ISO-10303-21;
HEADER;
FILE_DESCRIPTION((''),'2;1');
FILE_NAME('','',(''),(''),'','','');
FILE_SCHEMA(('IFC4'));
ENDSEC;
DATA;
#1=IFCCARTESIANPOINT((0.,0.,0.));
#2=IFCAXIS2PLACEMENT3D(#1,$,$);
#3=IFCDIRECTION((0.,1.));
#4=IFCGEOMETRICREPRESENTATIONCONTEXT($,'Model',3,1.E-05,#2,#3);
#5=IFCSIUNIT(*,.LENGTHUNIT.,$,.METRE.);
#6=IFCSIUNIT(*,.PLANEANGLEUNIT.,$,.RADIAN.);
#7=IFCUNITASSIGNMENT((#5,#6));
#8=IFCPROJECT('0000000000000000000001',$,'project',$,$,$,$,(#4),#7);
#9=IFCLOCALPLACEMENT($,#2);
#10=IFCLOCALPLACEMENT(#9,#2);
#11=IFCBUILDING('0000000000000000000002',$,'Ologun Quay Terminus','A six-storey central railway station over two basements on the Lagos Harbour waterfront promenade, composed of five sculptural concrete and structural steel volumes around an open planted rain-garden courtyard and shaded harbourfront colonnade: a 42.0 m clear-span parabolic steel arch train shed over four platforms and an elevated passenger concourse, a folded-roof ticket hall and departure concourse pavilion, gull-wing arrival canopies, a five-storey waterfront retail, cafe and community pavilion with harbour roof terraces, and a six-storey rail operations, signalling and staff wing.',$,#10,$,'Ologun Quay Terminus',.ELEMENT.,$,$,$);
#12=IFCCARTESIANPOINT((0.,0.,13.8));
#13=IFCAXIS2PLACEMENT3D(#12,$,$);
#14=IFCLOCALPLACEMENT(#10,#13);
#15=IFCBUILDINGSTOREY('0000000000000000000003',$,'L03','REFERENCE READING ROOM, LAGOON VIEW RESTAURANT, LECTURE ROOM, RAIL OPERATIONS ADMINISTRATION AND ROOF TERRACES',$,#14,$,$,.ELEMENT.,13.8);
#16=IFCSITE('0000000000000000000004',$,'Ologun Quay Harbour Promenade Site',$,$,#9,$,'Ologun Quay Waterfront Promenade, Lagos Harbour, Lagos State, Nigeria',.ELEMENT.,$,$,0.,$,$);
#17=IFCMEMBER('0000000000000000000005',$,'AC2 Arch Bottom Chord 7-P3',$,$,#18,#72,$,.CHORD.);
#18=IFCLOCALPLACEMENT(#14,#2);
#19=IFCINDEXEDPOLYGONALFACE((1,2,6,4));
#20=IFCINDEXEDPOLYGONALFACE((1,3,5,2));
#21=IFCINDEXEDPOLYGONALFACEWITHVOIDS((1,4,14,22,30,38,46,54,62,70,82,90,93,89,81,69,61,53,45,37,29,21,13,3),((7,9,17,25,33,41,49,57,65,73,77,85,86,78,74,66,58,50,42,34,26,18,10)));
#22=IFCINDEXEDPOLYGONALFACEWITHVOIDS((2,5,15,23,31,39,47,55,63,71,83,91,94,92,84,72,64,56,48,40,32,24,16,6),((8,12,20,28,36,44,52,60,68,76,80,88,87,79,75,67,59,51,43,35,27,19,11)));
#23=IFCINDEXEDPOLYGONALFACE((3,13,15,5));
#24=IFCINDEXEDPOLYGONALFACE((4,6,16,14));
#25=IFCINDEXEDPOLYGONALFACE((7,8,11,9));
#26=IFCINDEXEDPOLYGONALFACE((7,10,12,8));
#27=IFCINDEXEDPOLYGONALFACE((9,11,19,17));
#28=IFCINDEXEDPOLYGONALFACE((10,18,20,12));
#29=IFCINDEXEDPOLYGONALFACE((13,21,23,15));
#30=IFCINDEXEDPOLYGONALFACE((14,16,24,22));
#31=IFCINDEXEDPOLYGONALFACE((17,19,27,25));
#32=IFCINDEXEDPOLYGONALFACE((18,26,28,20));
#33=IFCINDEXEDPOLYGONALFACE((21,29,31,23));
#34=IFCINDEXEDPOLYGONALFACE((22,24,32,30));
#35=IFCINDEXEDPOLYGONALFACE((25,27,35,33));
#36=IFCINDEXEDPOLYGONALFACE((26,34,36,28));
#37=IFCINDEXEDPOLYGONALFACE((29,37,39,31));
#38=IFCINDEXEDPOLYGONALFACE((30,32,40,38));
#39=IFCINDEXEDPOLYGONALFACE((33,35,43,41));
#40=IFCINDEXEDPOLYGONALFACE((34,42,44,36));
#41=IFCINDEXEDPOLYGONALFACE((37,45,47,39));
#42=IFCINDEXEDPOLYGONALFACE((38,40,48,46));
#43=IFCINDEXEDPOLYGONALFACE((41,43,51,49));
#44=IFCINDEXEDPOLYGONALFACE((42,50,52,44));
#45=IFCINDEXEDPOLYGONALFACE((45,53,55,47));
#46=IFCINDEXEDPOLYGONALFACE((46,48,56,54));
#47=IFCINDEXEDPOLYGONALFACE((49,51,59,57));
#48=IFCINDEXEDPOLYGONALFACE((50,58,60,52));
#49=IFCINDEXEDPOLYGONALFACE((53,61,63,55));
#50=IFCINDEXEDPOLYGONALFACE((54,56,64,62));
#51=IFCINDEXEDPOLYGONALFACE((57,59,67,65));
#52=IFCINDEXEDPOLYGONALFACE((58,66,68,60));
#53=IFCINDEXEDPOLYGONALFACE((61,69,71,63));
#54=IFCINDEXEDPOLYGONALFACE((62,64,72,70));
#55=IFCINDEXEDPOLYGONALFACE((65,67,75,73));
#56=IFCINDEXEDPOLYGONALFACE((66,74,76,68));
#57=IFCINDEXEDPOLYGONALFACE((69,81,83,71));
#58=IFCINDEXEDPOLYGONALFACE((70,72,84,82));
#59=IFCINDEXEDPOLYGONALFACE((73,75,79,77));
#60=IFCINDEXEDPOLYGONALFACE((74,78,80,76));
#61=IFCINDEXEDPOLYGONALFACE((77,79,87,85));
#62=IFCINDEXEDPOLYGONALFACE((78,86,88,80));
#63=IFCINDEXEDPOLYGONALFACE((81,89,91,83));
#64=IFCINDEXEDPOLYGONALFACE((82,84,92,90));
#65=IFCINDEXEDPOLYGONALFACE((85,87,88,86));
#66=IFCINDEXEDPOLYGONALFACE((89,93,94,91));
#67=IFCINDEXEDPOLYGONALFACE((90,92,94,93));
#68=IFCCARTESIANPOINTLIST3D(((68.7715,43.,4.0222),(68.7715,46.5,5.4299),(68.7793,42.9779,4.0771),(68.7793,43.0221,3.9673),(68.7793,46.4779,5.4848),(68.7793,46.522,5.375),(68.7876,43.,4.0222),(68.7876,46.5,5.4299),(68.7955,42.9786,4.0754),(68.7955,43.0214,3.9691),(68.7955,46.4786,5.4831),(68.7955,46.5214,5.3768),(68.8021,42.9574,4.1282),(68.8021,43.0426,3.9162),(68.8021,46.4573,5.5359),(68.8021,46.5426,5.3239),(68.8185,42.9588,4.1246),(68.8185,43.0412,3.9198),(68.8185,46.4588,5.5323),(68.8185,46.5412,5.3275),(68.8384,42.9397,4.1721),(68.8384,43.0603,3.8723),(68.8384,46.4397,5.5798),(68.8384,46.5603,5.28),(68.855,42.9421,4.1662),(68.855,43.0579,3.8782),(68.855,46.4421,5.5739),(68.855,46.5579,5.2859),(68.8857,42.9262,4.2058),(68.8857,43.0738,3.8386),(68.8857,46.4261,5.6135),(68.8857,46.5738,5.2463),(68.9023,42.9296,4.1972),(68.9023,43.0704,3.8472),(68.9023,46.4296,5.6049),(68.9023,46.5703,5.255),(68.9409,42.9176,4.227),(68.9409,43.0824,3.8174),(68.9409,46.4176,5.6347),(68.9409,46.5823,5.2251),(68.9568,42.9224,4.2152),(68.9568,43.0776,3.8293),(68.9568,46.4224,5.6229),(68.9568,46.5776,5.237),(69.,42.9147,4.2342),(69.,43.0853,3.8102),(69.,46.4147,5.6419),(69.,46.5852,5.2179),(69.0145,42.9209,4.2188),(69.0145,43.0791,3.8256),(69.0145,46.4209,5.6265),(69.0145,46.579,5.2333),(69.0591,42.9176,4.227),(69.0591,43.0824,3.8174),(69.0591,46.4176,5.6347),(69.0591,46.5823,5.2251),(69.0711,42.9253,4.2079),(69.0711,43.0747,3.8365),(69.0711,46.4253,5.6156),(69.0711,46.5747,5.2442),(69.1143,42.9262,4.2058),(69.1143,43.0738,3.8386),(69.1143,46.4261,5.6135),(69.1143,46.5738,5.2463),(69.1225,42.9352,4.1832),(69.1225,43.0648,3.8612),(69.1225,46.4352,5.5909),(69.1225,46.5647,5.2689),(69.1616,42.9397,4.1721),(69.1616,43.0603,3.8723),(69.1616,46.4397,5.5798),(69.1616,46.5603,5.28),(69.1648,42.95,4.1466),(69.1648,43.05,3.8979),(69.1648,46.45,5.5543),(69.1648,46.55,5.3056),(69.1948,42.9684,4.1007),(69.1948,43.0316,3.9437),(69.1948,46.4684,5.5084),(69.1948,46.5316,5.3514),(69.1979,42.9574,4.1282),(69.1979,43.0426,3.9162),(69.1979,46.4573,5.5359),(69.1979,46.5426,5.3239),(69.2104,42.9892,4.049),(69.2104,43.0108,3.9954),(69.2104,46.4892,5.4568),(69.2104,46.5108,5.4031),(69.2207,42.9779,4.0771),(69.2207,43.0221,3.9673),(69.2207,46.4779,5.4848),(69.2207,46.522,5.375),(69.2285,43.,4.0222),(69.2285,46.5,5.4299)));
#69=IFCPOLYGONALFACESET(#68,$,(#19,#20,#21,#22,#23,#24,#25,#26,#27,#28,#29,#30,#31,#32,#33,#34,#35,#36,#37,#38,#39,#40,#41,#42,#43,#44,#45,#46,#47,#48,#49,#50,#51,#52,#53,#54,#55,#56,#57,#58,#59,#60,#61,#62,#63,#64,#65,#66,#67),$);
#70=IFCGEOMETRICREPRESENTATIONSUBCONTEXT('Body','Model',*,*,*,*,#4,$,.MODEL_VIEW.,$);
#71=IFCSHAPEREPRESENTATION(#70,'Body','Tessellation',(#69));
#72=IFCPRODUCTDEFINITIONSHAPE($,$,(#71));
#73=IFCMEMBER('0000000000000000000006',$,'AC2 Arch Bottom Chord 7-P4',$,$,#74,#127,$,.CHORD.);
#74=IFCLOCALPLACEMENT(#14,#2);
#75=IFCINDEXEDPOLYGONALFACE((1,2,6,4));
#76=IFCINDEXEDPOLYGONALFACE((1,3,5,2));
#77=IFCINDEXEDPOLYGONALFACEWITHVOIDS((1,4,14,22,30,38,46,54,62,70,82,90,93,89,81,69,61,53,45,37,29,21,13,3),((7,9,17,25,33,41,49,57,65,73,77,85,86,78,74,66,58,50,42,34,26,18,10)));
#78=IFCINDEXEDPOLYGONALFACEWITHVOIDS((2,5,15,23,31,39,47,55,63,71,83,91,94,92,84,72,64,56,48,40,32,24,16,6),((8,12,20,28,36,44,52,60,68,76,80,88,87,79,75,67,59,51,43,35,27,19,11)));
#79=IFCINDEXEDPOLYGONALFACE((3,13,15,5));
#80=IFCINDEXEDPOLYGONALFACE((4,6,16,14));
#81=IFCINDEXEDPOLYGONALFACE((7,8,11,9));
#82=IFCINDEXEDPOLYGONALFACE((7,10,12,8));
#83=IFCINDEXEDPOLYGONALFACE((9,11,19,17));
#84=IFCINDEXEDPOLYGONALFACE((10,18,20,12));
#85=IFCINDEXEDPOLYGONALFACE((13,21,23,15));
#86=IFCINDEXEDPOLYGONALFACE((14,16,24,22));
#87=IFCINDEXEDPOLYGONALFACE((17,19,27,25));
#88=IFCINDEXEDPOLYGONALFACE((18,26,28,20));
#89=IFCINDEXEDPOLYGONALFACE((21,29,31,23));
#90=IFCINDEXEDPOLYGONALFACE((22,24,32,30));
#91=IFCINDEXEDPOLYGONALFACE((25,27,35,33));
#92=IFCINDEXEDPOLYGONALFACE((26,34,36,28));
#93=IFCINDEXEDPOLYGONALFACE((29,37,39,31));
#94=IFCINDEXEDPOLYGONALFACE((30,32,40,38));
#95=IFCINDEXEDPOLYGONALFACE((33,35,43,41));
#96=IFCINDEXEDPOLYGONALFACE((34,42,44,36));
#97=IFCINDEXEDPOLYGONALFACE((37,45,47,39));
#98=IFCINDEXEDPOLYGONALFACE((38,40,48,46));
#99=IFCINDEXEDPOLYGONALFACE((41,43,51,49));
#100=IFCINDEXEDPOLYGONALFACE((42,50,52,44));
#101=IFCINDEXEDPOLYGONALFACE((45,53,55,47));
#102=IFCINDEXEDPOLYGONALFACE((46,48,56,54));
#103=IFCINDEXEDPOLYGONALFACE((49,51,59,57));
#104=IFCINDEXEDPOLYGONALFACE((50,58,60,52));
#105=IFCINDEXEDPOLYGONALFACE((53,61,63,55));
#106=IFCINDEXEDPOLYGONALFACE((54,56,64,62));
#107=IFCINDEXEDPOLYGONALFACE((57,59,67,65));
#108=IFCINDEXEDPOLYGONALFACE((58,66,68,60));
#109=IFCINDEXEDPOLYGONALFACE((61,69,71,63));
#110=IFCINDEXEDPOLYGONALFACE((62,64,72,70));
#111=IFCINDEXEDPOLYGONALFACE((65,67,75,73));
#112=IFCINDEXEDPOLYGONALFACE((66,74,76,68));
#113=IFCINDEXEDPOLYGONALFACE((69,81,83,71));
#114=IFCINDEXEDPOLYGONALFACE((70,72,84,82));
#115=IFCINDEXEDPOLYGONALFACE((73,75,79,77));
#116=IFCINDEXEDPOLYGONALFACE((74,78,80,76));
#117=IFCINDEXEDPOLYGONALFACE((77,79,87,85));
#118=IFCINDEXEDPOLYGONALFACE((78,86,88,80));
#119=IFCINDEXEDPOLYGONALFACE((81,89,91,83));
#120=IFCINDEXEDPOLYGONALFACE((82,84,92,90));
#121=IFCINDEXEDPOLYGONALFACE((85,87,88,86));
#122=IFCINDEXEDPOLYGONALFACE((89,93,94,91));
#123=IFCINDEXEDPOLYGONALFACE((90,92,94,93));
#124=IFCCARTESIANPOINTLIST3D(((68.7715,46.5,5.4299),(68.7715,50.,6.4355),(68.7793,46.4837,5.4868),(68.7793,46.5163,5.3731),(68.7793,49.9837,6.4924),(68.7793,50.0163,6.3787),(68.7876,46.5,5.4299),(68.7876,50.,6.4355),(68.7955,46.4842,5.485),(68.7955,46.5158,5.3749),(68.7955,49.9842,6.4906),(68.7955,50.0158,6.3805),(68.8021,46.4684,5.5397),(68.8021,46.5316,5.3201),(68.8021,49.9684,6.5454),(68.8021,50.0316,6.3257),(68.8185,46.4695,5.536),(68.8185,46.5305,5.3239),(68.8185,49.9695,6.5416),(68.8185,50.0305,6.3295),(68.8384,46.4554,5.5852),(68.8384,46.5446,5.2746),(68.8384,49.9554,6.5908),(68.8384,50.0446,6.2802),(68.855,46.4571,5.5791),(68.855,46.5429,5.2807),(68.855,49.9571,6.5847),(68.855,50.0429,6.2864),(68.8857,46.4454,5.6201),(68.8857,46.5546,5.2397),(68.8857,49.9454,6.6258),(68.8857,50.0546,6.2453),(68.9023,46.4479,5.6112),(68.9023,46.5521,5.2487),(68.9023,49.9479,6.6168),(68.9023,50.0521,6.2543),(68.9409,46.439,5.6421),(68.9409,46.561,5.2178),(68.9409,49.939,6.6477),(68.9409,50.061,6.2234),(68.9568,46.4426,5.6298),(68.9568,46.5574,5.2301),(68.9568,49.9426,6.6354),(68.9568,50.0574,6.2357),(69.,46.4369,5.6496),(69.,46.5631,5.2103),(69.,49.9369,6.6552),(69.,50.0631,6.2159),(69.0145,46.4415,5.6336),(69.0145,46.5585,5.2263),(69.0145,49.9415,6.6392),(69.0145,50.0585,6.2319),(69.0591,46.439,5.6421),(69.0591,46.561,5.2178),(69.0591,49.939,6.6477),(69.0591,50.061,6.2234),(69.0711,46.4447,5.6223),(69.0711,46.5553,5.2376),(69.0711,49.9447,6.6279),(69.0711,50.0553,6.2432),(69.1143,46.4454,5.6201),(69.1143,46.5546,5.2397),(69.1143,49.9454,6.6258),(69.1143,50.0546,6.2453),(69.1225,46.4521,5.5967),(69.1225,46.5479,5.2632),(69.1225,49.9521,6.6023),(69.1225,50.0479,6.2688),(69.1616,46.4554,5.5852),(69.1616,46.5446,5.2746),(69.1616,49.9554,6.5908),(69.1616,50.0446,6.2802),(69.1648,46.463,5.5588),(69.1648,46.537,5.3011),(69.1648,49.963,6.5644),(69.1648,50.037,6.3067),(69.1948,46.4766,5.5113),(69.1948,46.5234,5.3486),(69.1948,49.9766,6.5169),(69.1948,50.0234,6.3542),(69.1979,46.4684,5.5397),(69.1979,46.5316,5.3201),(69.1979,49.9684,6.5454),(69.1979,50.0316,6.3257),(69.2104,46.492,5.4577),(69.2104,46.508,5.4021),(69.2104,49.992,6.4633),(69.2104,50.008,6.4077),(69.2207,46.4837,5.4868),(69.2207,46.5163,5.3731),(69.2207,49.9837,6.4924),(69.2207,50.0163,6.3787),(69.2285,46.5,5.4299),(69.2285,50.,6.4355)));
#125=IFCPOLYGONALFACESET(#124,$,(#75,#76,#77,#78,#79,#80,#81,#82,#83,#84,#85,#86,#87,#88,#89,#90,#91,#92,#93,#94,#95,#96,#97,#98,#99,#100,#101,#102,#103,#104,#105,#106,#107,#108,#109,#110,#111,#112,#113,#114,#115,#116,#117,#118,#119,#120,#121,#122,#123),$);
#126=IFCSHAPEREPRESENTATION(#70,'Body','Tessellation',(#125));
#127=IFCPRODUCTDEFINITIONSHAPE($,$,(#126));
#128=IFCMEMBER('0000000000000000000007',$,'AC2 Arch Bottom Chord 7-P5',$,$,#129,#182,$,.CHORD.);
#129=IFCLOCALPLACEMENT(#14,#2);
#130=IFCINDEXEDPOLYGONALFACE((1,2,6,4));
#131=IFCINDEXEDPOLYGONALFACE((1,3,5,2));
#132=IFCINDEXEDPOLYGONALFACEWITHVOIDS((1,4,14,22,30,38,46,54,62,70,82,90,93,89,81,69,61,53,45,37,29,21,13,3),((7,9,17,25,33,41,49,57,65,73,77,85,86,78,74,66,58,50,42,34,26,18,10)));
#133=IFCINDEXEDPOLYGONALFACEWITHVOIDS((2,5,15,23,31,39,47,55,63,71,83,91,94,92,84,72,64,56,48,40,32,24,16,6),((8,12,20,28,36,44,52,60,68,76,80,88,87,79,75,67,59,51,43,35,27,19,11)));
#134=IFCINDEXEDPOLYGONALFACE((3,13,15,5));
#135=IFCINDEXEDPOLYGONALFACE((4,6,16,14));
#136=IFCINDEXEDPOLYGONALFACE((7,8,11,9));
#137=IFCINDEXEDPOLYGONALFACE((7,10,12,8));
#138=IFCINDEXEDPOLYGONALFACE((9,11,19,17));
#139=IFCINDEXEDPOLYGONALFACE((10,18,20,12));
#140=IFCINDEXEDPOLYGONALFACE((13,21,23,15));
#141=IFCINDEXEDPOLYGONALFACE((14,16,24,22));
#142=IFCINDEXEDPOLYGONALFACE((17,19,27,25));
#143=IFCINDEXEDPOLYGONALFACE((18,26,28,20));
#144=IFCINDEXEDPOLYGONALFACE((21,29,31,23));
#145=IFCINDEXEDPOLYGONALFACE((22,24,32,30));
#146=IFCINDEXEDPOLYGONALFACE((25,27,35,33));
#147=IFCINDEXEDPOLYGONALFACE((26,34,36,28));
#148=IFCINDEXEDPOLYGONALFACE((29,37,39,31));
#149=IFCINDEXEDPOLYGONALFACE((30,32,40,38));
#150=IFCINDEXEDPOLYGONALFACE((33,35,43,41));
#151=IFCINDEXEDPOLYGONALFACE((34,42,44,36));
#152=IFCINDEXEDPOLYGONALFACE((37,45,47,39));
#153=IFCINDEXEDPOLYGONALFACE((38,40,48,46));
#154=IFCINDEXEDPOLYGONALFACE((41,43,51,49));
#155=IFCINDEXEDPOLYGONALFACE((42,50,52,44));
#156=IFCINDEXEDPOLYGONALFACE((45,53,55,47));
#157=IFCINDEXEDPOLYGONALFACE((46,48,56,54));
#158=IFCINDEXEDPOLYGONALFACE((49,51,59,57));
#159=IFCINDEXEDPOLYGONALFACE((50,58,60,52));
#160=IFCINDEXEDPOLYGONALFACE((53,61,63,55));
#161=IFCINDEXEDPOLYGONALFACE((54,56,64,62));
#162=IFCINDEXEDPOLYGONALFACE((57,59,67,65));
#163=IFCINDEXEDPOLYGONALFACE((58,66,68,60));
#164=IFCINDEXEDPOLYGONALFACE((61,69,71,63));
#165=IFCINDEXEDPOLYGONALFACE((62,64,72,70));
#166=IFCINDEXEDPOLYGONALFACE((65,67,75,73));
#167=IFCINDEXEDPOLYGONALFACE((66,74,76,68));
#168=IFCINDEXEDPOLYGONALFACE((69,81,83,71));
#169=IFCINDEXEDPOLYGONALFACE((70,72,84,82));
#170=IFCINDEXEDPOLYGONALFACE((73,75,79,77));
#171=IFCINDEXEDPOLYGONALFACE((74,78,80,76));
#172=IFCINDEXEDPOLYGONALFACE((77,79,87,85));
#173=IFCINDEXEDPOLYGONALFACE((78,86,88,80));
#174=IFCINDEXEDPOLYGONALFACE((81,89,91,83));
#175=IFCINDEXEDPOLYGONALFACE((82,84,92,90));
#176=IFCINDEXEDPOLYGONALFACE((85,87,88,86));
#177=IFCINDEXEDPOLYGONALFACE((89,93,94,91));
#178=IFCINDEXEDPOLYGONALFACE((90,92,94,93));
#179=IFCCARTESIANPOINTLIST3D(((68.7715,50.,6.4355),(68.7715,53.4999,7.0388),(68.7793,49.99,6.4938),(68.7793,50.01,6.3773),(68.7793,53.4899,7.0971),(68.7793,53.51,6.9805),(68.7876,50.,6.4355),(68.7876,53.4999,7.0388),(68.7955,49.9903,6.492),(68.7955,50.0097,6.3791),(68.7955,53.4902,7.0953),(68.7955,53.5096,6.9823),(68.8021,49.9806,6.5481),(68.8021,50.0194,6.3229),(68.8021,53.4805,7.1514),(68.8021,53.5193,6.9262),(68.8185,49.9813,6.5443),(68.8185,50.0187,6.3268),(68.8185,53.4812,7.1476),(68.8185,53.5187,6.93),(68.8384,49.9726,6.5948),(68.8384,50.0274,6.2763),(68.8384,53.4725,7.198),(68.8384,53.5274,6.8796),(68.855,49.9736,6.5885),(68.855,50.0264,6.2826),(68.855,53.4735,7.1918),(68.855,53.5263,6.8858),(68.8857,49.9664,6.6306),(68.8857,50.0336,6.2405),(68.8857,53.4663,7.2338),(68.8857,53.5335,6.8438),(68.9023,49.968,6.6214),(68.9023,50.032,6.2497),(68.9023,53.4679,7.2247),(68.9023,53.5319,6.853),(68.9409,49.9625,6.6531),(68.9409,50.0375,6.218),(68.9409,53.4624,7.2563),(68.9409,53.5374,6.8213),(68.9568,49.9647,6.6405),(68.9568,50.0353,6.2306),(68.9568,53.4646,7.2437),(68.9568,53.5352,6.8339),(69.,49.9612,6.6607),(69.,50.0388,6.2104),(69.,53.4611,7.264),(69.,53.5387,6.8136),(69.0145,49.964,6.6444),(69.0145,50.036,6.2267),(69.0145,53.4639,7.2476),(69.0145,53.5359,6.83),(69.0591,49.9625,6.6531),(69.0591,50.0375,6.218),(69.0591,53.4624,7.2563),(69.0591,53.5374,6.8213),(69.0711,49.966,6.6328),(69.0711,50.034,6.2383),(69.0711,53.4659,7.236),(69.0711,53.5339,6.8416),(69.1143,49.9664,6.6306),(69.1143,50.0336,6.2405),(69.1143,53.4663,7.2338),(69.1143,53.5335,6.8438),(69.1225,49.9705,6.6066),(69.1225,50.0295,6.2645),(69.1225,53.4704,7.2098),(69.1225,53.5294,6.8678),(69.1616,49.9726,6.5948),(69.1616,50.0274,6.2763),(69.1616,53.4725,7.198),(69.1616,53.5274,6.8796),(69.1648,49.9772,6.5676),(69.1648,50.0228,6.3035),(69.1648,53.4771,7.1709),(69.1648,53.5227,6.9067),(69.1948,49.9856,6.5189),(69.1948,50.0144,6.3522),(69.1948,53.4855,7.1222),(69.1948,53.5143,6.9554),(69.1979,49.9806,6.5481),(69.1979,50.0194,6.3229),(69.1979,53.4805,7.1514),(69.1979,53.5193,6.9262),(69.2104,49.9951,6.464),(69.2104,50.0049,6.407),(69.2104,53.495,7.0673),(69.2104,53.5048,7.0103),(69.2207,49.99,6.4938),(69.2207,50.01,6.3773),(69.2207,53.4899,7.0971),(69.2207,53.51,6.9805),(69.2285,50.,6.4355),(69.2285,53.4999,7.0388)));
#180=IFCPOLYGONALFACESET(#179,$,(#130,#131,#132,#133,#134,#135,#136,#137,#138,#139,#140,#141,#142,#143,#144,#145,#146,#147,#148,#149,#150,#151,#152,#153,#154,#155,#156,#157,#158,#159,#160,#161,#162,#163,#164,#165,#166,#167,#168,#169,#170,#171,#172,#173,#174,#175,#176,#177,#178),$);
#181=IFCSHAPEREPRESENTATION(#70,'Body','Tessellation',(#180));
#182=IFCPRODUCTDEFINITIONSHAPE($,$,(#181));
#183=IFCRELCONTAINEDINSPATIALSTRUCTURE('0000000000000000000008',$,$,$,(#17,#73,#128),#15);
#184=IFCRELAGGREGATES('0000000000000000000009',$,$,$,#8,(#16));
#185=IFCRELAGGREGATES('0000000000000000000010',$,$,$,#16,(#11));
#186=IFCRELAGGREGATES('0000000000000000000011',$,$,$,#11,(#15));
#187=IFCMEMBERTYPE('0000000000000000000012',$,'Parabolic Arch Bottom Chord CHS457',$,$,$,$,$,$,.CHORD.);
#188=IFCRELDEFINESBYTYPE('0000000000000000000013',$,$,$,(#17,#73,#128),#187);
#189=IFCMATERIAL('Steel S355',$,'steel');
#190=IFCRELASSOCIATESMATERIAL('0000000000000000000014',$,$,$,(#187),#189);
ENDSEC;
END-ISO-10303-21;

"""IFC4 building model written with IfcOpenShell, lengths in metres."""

from ifc_helpers import new_model, si_unit, direction, frame, origin, origin_2d, place, context, subcontext, project, spatial, hollow_circle, extrude, material, material_profile, profile_set, type_object, element, save


model = new_model("IFC4")

# Units and contexts
model_context = context("Model", 3, precision=1e-05, world=origin(), true_north=direction((0.0, 1.0)))
body_context = subcontext(model_context, "Body", "Model", "MODEL_VIEW")
ifc_project = project(units=[si_unit("LENGTHUNIT", "METRE"), si_unit("PLANEANGLEUNIT", "RADIAN")], contexts=[model_context])

# Site, building, storey
site_placement = place(None, origin())
site = spatial("IfcSite", under=ifc_project, at=site_placement, Name="Ologun Quay Harbour Promenade Site", LongName="Ologun Quay Waterfront Promenade, Lagos Harbour, Lagos State, Nigeria", CompositionType="ELEMENT", RefElevation=0.0)
building_placement = place(site_placement, origin())
building = spatial("IfcBuilding", under=site, at=building_placement, Name="Ologun Quay Terminus", Description="A six-storey central railway station over two basements on the Lagos Harbour waterfront promenade, composed of five sculptural concrete and structural steel volumes around an open planted rain-garden courtyard and shaded harbourfront colonnade: a 42.0 m clear-span parabolic steel arch train shed over four platforms and an elevated passenger concourse, a folded-roof ticket hall and departure concourse pavilion, gull-wing arrival canopies, a five-storey waterfront retail, cafe and community pavilion with harbour roof terraces, and a six-storey rail operations, signalling and staff wing.", LongName="Ologun Quay Terminus", CompositionType="ELEMENT")
storey_placement = place(building_placement, frame((0.0, 0.0, 13.8)))
storey = spatial("IfcBuildingStorey", under=building, at=storey_placement, Name="L03", Description="REFERENCE READING ROOM, LAGOON VIEW RESTAURANT, LECTURE ROOM, RAIL OPERATIONS ADMINISTRATION AND ROOF TERRACES", CompositionType="ELEMENT", Elevation=13.8)

# Members
ifc_material_1 = material(Name="Steel S355", Category="steel")
ifc_material_profile_1 = material_profile(ifc_material_1, hollow_circle(Radius=0.2285, WallThickness=0.0161, at=origin_2d()), Name="CHS 457x16")
ifc_profile_set_1 = profile_set([ifc_material_profile_1], Name="Steel S355")
member_type_1 = type_object("IfcMemberType", Name="Parabolic Arch Bottom Chord CHS457", PredefinedType="CHORD", material=ifc_profile_set_1)
member_1_placement = place(storey_placement, frame((69.0, 43.0, 4.0222), z_axis=(0.0, 0.92777, 0.373153), x_axis=(-1.0, 0.0, 0.0)))
element("IfcMember", 1, at=member_1_placement, inside=storey, type_object=member_type_1, Name="AC2 Arch Bottom Chord 7-P3", PredefinedType="CHORD", context=body_context, shape_type="SweptSolid", body=[
    extrude(hollow_circle(Radius=0.2285, WallThickness=0.0161, at=origin_2d()), origin(), (0.0, 0.0, 1.0), 3.7725),
])
member_2_placement = place(storey_placement, frame((69.0, 46.5, 5.4299), z_axis=(0.0, 0.961116, 0.276146), x_axis=(-1.0, 0.0, 0.0)))
element("IfcMember", 2, at=member_2_placement, inside=storey, type_object=member_type_1, Name="AC2 Arch Bottom Chord 7-P4", PredefinedType="CHORD", context=body_context, shape_type="SweptSolid", body=[
    extrude(hollow_circle(Radius=0.2285, WallThickness=0.0161, at=origin_2d()), origin(), (0.0, 0.0, 1.0), 3.6416),
])
member_3_placement = place(storey_placement, frame((69.0, 50.0, 6.4355), z_axis=(0.0, 0.985468, 0.169859), x_axis=(-1.0, 0.0, 0.0)))
element("IfcMember", 3, at=member_3_placement, inside=storey, type_object=member_type_1, Name="AC2 Arch Bottom Chord 7-P5", PredefinedType="CHORD", context=body_context, shape_type="SweptSolid", body=[
    extrude(hollow_circle(Radius=0.2285, WallThickness=0.0161, at=origin_2d()), origin(), (0.0, 0.0, 1.0), 3.5515),
])

save(model, "model.ifc")
